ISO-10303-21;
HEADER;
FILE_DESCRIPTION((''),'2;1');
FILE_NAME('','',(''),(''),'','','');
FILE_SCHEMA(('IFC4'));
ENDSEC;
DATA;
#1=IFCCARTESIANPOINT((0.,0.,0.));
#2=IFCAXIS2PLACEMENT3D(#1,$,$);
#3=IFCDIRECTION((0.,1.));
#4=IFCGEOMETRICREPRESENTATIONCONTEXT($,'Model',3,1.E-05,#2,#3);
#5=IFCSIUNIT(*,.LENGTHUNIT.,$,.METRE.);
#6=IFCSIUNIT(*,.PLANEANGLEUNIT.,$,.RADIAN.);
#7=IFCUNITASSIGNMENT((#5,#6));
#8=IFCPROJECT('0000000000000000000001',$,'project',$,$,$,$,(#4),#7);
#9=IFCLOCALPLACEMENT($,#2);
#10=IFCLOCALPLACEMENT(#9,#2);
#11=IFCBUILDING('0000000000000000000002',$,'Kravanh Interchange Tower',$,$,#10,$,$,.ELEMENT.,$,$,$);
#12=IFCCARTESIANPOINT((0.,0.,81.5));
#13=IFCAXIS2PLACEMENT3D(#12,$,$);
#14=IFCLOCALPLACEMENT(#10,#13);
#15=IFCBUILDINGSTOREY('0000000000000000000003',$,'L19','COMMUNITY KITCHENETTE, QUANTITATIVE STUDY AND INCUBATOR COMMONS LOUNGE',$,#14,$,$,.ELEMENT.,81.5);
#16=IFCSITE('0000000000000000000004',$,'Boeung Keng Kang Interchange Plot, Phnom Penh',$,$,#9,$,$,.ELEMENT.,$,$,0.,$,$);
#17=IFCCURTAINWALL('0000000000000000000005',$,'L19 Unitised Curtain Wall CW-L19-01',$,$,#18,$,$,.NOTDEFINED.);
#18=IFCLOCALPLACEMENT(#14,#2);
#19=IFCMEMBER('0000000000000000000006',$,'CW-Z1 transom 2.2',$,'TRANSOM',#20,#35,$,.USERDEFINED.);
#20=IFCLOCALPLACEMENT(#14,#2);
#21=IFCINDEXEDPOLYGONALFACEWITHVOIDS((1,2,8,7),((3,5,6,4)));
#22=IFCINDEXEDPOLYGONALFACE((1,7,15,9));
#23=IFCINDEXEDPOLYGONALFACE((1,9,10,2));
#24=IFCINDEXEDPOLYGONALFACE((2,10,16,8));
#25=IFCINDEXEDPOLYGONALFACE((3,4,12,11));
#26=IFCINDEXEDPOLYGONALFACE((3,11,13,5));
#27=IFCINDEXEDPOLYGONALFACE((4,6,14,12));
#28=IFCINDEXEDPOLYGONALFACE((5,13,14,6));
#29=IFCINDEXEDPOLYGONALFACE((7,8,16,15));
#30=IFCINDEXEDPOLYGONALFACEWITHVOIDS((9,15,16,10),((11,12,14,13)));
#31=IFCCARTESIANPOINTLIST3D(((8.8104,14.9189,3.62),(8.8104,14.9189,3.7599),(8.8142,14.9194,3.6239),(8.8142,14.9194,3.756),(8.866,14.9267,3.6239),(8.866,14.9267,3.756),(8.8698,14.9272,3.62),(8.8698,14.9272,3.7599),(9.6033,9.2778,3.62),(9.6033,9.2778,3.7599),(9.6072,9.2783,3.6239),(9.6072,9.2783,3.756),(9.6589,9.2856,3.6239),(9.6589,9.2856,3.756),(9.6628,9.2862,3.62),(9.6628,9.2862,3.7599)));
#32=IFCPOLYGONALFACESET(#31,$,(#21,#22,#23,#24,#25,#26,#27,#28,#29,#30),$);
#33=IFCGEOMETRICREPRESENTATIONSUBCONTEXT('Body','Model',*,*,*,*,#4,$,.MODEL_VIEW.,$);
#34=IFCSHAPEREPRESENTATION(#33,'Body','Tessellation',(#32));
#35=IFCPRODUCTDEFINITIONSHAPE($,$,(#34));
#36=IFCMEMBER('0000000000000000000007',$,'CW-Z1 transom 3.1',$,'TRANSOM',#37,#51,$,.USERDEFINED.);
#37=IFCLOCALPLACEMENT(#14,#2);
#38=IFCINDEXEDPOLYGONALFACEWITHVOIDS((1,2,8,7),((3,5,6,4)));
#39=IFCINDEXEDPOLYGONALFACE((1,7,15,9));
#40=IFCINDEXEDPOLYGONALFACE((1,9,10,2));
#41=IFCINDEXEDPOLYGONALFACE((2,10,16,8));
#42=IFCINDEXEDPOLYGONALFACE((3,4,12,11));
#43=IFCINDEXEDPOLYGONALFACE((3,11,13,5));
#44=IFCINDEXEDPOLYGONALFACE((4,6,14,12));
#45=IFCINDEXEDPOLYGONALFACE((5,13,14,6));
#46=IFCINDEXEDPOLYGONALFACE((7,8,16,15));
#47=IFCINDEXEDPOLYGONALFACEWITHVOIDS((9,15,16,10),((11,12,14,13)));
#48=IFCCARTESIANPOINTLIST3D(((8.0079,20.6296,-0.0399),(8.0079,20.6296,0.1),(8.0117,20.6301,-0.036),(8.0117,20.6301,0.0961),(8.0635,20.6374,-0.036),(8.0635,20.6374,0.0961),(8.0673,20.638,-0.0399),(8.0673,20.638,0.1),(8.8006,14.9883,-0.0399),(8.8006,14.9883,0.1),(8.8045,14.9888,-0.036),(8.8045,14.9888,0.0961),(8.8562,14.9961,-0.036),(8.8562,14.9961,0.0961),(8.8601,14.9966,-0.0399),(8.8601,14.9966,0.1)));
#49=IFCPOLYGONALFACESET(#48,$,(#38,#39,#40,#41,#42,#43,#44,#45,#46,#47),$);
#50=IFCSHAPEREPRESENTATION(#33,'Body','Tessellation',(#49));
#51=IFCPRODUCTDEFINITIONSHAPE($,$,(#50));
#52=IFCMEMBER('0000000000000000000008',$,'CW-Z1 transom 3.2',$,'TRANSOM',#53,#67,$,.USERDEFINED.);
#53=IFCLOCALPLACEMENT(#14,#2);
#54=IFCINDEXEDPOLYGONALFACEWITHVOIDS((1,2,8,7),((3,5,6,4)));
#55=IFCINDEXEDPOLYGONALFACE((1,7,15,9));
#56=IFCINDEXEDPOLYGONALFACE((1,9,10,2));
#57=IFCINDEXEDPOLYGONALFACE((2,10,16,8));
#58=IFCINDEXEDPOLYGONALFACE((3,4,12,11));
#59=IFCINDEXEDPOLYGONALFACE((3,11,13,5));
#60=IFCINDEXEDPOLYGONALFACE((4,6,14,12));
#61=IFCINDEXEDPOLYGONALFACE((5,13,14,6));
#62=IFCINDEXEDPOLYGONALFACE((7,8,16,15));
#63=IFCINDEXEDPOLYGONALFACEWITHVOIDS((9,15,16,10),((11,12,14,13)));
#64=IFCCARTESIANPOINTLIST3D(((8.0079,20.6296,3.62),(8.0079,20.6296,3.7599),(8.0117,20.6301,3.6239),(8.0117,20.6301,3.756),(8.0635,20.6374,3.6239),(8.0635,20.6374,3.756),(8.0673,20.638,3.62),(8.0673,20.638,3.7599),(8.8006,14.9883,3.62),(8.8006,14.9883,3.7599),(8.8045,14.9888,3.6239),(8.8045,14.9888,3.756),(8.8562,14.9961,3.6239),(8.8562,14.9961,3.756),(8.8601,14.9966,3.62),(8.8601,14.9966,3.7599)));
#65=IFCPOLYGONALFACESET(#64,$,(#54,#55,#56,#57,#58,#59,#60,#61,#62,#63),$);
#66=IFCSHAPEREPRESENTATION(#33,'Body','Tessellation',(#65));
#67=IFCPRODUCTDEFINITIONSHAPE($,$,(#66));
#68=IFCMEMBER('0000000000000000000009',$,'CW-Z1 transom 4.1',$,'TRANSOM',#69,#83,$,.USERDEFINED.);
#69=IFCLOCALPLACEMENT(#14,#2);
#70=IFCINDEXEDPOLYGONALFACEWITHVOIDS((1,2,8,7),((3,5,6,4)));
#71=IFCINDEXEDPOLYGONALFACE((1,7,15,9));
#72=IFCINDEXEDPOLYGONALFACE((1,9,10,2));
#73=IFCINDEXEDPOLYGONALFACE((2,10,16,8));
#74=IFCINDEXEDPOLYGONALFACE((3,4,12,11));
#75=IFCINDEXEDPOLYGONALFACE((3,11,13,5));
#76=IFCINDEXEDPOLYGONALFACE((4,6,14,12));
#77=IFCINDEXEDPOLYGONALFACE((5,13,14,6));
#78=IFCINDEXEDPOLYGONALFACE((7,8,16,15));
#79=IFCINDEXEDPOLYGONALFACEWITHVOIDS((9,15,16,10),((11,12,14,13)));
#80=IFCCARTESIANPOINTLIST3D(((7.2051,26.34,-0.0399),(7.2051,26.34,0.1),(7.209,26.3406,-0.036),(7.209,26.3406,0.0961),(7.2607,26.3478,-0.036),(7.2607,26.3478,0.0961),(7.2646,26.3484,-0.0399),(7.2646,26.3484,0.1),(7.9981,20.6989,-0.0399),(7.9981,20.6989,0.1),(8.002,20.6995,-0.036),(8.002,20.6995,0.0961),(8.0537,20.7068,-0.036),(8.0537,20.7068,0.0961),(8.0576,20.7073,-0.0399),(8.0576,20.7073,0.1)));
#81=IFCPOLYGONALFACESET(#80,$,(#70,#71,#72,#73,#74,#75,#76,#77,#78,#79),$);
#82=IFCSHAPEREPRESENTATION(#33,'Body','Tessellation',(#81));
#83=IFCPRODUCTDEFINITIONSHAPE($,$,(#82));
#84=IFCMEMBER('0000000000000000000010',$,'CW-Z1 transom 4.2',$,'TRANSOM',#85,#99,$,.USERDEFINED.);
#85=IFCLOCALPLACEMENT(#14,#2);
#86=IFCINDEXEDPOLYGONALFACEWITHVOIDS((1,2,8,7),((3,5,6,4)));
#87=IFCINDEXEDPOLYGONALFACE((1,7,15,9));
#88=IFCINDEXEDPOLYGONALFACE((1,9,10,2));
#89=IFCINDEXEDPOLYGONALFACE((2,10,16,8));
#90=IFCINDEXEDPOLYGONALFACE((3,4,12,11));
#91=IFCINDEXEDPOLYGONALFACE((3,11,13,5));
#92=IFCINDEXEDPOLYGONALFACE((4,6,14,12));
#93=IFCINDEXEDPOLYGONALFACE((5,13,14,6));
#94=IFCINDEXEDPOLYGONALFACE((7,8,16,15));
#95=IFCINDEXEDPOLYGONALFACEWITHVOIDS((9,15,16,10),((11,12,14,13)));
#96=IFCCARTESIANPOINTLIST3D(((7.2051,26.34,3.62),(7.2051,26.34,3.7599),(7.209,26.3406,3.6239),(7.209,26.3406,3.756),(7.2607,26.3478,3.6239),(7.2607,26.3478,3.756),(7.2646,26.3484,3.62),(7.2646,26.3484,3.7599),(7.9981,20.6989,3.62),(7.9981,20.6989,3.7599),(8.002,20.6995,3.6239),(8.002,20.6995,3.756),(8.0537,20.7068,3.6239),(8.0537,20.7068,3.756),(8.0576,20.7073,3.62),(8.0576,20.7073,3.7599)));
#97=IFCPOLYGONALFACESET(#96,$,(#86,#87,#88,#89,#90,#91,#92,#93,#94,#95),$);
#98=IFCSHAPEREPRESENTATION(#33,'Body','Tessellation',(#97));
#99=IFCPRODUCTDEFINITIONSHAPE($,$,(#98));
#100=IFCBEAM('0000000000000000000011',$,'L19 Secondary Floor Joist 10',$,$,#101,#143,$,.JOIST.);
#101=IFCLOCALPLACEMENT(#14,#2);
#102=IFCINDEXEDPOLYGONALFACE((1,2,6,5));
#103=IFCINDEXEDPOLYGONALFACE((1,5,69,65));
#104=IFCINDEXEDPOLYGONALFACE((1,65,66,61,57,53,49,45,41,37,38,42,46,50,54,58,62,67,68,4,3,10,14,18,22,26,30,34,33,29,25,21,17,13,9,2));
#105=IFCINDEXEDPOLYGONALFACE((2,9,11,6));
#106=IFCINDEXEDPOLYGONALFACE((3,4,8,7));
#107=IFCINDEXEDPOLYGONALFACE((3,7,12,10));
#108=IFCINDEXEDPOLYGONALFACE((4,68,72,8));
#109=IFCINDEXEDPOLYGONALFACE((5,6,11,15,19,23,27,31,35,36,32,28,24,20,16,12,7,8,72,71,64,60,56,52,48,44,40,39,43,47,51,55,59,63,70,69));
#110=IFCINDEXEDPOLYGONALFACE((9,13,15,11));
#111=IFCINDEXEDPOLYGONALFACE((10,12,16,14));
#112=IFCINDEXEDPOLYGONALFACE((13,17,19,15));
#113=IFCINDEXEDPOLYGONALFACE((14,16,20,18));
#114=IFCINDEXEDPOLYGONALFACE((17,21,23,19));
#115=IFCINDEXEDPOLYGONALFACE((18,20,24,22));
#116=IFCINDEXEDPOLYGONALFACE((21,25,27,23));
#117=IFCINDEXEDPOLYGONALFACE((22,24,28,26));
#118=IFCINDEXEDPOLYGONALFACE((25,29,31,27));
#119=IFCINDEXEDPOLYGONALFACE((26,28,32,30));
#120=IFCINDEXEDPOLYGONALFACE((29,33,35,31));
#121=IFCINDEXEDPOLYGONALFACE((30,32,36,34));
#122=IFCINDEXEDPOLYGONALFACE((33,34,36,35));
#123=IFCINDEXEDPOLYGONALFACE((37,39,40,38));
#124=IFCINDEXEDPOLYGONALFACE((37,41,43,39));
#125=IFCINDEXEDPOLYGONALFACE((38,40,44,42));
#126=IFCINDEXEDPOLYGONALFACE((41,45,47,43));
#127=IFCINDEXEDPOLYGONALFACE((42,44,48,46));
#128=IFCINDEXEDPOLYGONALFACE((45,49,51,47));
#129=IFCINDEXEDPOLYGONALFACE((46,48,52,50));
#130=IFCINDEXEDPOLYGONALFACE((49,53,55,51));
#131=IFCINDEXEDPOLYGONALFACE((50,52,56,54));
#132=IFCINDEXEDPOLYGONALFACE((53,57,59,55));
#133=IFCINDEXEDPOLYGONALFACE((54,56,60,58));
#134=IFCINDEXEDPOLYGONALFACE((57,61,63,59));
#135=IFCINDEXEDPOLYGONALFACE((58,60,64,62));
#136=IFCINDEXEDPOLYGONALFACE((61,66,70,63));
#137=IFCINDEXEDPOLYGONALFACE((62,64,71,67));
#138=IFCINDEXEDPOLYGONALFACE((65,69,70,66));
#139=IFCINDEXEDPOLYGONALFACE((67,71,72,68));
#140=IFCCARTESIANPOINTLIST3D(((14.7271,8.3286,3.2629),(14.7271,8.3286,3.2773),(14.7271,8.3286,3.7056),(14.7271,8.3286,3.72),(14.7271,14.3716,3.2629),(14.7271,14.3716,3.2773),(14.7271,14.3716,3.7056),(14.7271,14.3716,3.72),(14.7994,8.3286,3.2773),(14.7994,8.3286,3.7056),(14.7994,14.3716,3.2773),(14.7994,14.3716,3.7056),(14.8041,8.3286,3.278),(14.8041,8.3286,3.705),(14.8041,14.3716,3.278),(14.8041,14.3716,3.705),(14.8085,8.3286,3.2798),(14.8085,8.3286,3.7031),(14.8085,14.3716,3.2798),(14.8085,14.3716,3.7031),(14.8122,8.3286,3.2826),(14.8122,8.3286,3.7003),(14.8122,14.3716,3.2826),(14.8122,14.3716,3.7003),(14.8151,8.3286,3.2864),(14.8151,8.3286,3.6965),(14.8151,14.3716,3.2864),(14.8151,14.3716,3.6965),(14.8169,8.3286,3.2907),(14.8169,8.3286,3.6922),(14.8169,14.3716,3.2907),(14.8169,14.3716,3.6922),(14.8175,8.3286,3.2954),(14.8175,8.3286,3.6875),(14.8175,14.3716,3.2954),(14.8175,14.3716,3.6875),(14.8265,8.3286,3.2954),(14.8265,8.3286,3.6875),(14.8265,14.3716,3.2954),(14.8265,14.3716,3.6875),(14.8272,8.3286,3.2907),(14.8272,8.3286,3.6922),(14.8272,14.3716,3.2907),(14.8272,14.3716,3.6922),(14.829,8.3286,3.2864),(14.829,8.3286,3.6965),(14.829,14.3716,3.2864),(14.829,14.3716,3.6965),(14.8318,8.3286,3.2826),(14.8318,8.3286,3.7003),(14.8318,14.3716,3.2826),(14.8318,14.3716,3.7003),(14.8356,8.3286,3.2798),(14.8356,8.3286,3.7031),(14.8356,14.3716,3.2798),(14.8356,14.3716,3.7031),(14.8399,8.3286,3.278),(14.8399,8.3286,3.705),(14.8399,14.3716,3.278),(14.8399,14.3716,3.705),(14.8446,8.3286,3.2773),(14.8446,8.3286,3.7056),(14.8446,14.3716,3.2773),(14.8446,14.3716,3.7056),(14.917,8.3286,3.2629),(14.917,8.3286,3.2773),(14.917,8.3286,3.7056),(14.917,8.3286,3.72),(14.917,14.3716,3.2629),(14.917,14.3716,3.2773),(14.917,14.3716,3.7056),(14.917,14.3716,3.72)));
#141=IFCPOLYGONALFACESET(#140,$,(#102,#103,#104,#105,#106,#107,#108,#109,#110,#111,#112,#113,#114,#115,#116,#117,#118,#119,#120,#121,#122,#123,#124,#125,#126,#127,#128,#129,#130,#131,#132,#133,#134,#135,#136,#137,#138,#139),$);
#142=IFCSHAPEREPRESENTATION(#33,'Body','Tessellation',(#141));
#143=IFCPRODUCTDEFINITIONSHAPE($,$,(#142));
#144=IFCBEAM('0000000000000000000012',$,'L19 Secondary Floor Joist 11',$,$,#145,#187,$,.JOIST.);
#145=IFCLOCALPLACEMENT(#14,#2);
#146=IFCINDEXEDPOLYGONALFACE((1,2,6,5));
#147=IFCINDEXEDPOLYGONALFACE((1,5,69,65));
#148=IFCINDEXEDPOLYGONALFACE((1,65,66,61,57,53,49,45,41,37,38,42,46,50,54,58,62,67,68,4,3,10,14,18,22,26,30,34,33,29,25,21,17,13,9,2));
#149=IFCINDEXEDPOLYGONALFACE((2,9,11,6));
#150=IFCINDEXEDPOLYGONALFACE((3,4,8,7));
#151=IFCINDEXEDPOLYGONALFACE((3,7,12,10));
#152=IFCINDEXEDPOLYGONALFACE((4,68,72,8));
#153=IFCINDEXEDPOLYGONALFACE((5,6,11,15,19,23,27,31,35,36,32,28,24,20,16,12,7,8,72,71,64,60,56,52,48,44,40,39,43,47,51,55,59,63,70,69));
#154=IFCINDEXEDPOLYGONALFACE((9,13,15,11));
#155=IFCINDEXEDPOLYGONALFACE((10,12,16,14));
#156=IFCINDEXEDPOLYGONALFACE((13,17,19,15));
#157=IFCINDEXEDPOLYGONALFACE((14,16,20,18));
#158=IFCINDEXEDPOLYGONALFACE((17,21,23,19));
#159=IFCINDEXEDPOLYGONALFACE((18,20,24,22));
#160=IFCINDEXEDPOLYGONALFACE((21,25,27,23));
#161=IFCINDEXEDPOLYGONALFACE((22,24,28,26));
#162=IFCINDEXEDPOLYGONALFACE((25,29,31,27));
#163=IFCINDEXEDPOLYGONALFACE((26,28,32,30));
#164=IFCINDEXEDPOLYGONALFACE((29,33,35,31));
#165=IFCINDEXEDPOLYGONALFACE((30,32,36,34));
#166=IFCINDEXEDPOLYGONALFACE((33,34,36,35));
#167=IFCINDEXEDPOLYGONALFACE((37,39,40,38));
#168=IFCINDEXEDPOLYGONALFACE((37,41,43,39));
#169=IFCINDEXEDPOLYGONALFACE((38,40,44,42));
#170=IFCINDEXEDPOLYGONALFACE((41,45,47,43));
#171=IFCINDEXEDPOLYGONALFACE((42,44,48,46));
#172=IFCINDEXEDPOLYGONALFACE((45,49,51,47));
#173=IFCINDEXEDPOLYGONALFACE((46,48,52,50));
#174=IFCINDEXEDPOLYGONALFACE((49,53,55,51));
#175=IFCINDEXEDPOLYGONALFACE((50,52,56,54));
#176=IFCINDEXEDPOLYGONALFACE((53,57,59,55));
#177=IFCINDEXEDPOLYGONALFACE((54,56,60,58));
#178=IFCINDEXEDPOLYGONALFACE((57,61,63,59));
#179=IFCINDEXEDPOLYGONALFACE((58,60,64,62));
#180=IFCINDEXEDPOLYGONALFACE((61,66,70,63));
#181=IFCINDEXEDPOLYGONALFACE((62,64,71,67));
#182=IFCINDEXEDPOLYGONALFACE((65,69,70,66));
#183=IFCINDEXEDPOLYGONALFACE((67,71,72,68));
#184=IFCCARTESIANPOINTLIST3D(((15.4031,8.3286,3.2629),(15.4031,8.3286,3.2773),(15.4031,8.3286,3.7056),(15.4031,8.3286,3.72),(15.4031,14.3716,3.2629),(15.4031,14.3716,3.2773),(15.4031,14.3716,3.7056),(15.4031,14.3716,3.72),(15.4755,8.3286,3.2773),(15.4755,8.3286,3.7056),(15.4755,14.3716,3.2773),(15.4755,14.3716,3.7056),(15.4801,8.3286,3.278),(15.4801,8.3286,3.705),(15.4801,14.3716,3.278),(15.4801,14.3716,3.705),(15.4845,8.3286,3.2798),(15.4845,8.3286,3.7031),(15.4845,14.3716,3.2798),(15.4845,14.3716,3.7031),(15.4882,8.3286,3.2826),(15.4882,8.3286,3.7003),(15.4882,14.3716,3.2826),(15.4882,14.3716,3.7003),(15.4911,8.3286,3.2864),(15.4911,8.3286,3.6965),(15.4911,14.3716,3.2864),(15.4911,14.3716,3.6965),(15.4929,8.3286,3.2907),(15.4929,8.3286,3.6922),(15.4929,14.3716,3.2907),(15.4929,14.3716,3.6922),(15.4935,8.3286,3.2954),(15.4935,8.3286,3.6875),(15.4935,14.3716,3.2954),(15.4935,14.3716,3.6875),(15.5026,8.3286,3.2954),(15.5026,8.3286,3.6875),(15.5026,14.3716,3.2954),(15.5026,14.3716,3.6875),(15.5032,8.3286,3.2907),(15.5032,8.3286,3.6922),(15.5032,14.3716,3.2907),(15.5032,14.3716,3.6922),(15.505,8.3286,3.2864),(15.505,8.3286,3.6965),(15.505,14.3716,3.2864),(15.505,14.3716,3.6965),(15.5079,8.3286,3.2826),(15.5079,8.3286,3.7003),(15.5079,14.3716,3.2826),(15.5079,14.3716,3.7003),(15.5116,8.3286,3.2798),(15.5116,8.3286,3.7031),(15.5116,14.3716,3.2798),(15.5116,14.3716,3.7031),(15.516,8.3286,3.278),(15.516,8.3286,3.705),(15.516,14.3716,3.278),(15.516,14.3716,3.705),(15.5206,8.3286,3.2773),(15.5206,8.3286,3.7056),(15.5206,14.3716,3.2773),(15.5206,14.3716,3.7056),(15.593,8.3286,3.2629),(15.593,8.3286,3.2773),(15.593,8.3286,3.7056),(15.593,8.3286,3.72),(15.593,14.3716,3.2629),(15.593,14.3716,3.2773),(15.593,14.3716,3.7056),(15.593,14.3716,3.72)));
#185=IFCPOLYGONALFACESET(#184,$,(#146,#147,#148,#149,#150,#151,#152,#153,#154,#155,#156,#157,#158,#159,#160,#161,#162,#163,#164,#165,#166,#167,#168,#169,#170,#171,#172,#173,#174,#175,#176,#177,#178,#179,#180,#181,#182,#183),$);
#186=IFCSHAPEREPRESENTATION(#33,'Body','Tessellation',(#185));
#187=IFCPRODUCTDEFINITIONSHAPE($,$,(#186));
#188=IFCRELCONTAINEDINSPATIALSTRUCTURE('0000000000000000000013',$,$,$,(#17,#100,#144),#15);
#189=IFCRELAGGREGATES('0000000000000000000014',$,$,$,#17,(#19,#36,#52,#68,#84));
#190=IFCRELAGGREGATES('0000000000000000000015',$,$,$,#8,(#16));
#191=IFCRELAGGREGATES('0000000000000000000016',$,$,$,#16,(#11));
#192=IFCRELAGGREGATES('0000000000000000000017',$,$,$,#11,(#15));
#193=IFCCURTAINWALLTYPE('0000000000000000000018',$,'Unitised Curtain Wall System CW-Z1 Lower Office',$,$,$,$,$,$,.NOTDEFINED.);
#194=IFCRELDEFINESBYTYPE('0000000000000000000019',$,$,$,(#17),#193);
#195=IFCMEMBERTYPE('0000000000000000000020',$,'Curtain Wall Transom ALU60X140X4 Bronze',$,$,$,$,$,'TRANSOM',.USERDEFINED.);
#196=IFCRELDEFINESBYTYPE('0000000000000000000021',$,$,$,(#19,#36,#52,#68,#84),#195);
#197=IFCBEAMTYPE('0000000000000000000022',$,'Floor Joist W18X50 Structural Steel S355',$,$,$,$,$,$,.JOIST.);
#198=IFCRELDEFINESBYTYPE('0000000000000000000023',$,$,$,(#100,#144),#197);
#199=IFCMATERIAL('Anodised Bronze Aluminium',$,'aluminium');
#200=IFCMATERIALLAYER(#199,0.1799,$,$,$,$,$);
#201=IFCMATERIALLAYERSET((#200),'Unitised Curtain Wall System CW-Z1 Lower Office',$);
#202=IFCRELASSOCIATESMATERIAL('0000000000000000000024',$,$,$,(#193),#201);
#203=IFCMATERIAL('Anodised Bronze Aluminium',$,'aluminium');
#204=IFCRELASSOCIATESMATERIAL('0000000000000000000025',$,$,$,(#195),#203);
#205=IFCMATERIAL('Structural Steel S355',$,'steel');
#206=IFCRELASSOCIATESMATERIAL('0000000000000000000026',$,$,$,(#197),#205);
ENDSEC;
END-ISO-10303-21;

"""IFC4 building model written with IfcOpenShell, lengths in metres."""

from ifc_helpers import new_model, si_unit, direction, frame, origin, origin_2d, place, context, subcontext, project, spatial, hollow_rectangle, i_section, extrude, material, layer, layer_set, material_profile, profile_set, type_object, element, aggregate, save


model = new_model("IFC4")

# Units and contexts
model_context = context("Model", 3, precision=1e-05, world=origin(), true_north=direction((0.0, 1.0)))
body_context = subcontext(model_context, "Body", "Model", "MODEL_VIEW")
ifc_project = project(units=[si_unit("LENGTHUNIT", "METRE"), si_unit("PLANEANGLEUNIT", "RADIAN")], contexts=[model_context])

# Site, building, storey
site_placement = place(None, origin())
site = spatial("IfcSite", under=ifc_project, at=site_placement, Name="Boeung Keng Kang Interchange Plot, Phnom Penh", CompositionType="ELEMENT", RefElevation=0.0)
building_placement = place(site_placement, origin())
building = spatial("IfcBuilding", under=site, at=building_placement, Name="Kravanh Interchange Tower", CompositionType="ELEMENT")
storey_placement = place(building_placement, frame((0.0, 0.0, 81.5)))
storey = spatial("IfcBuildingStorey", under=building, at=storey_placement, Name="L19", Description="COMMUNITY KITCHENETTE, QUANTITATIVE STUDY AND INCUBATOR COMMONS LOUNGE", CompositionType="ELEMENT", Elevation=81.5)

# Curtain wall, members
ifc_material_1 = material(Name="Anodised Bronze Aluminium", Category="aluminium")
ifc_layer_1 = layer(ifc_material_1, 0.1799)
ifc_layer_set_1 = layer_set([ifc_layer_1], Name="Unitised Curtain Wall System CW-Z1 Lower Office")
curtain_wall_type = type_object("IfcCurtainWallType", Name="Unitised Curtain Wall System CW-Z1 Lower Office", PredefinedType="NOTDEFINED", material=ifc_layer_set_1)
curtain_wall_placement = place(storey_placement, origin())
curtain_wall = element("IfcCurtainWall", 1, at=curtain_wall_placement, inside=storey, type_object=curtain_wall_type, Name="L19 Unitised Curtain Wall CW-L19-01", PredefinedType="NOTDEFINED")
ifc_material_2 = material(Name="Anodised Bronze Aluminium", Category="aluminium")
ifc_material_profile_1 = material_profile(ifc_material_2, hollow_rectangle(XDim=0.0601, YDim=0.1399, WallThickness=0.0039, at=origin_2d()), Name="ALU60X140X4")
ifc_profile_set_1 = profile_set([ifc_material_profile_1], Name="Anodised Bronze Aluminium")
member_type_1 = type_object("IfcMemberType", Name="Curtain Wall Transom ALU60X140X4 Bronze", ElementType="TRANSOM", PredefinedType="USERDEFINED", material=ifc_profile_set_1)
member_1_placement = place(storey_placement, frame((9.6331, 9.282, 3.6899), z_axis=(-0.139201, 0.990264, 0.0), x_axis=(-0.990264, -0.139201, 0.0)))
member_1 = element("IfcMember", 2, at=member_1_placement, type_object=member_type_1, Name="CW-Z1 transom 2.2", ObjectType="TRANSOM", PredefinedType="USERDEFINED", context=body_context, shape_type="SweptSolid", body=[
    extrude(hollow_rectangle(XDim=0.0601, YDim=0.1399, WallThickness=0.0039, at=origin_2d()), origin(), (0.0, 0.0, 1.0), 5.6965),
])
member_2_placement = place(storey_placement, frame((8.8303, 14.9924, 0.03), z_axis=(-0.139153, 0.990271, 0.0), x_axis=(-0.990271, -0.139153, 0.0)))
member_2 = element("IfcMember", 3, at=member_2_placement, type_object=member_type_1, Name="CW-Z1 transom 3.1", ObjectType="TRANSOM", PredefinedType="USERDEFINED", context=body_context, shape_type="SweptSolid", body=[
    extrude(hollow_rectangle(XDim=0.0601, YDim=0.1399, WallThickness=0.0039, at=origin_2d()), origin(), (0.0, 0.0, 1.0), 5.6968),
])
member_3_placement = place(storey_placement, frame((8.8303, 14.9924, 3.6899), z_axis=(-0.139153, 0.990271, 0.0), x_axis=(-0.990271, -0.139153, 0.0)))
member_3 = element("IfcMember", 4, at=member_3_placement, type_object=member_type_1, Name="CW-Z1 transom 3.2", ObjectType="TRANSOM", PredefinedType="USERDEFINED", context=body_context, shape_type="SweptSolid", body=[
    extrude(hollow_rectangle(XDim=0.0601, YDim=0.1399, WallThickness=0.0039, at=origin_2d()), origin(), (0.0, 0.0, 1.0), 5.6968),
])
member_4_placement = place(storey_placement, frame((8.0278, 20.7031, 0.03), z_axis=(-0.139201, 0.990264, 0.0), x_axis=(-0.990264, -0.139201, 0.0)))
member_4 = element("IfcMember", 5, at=member_4_placement, type_object=member_type_1, Name="CW-Z1 transom 4.1", ObjectType="TRANSOM", PredefinedType="USERDEFINED", context=body_context, shape_type="SweptSolid", body=[
    extrude(hollow_rectangle(XDim=0.0601, YDim=0.1399, WallThickness=0.0039, at=origin_2d()), origin(), (0.0, 0.0, 1.0), 5.6965),
])
member_5_placement = place(storey_placement, frame((8.0278, 20.7031, 3.6899), z_axis=(-0.139201, 0.990264, 0.0), x_axis=(-0.990264, -0.139201, 0.0)))
member_5 = element("IfcMember", 6, at=member_5_placement, type_object=member_type_1, Name="CW-Z1 transom 4.2", ObjectType="TRANSOM", PredefinedType="USERDEFINED", context=body_context, shape_type="SweptSolid", body=[
    extrude(hollow_rectangle(XDim=0.0601, YDim=0.1399, WallThickness=0.0039, at=origin_2d()), origin(), (0.0, 0.0, 1.0), 5.6965),
])

# Beams
ifc_material_3 = material(Name="Structural Steel S355", Category="steel")
ifc_material_profile_2 = material_profile(ifc_material_3, i_section(OverallWidth=0.1899, OverallDepth=0.457, WebThickness=0.009, FlangeThickness=0.0144, FilletRadius=0.0181, at=origin_2d()), Name="W18X50")
ifc_profile_set_2 = profile_set([ifc_material_profile_2], Name="Structural Steel S355")
beam_type_1 = type_object("IfcBeamType", Name="Floor Joist W18X50 Structural Steel S355", PredefinedType="JOIST", material=ifc_profile_set_2)
for number, where, z_axis, x_axis, name in (
    (7, (14.822, 8.3286, 3.4915), (0.0, 1.0, 0.0), (-1.0, 0.0, 0.0), "L19 Secondary Floor Joist 10"),
    (8, (15.498, 8.3286, 3.4915), (0.0, 1.0, 0.0), (-1.0, 0.0, 0.0), "L19 Secondary Floor Joist 11"),
):
    element("IfcBeam", number, at=place(storey_placement, frame(where, z_axis=z_axis, x_axis=x_axis)), inside=storey, type_object=beam_type_1, Name=name, PredefinedType="JOIST", context=body_context, shape_type="SweptSolid", body=[
        extrude(i_section(OverallWidth=0.1899, OverallDepth=0.457, WebThickness=0.009, FlangeThickness=0.0144, FilletRadius=0.0181, at=origin_2d()), origin(), (0.0, 0.0, 1.0), 6.043),
    ])

aggregate(curtain_wall, [member_1, member_2, member_3, member_4, member_5])

save(model, "model.ifc")
